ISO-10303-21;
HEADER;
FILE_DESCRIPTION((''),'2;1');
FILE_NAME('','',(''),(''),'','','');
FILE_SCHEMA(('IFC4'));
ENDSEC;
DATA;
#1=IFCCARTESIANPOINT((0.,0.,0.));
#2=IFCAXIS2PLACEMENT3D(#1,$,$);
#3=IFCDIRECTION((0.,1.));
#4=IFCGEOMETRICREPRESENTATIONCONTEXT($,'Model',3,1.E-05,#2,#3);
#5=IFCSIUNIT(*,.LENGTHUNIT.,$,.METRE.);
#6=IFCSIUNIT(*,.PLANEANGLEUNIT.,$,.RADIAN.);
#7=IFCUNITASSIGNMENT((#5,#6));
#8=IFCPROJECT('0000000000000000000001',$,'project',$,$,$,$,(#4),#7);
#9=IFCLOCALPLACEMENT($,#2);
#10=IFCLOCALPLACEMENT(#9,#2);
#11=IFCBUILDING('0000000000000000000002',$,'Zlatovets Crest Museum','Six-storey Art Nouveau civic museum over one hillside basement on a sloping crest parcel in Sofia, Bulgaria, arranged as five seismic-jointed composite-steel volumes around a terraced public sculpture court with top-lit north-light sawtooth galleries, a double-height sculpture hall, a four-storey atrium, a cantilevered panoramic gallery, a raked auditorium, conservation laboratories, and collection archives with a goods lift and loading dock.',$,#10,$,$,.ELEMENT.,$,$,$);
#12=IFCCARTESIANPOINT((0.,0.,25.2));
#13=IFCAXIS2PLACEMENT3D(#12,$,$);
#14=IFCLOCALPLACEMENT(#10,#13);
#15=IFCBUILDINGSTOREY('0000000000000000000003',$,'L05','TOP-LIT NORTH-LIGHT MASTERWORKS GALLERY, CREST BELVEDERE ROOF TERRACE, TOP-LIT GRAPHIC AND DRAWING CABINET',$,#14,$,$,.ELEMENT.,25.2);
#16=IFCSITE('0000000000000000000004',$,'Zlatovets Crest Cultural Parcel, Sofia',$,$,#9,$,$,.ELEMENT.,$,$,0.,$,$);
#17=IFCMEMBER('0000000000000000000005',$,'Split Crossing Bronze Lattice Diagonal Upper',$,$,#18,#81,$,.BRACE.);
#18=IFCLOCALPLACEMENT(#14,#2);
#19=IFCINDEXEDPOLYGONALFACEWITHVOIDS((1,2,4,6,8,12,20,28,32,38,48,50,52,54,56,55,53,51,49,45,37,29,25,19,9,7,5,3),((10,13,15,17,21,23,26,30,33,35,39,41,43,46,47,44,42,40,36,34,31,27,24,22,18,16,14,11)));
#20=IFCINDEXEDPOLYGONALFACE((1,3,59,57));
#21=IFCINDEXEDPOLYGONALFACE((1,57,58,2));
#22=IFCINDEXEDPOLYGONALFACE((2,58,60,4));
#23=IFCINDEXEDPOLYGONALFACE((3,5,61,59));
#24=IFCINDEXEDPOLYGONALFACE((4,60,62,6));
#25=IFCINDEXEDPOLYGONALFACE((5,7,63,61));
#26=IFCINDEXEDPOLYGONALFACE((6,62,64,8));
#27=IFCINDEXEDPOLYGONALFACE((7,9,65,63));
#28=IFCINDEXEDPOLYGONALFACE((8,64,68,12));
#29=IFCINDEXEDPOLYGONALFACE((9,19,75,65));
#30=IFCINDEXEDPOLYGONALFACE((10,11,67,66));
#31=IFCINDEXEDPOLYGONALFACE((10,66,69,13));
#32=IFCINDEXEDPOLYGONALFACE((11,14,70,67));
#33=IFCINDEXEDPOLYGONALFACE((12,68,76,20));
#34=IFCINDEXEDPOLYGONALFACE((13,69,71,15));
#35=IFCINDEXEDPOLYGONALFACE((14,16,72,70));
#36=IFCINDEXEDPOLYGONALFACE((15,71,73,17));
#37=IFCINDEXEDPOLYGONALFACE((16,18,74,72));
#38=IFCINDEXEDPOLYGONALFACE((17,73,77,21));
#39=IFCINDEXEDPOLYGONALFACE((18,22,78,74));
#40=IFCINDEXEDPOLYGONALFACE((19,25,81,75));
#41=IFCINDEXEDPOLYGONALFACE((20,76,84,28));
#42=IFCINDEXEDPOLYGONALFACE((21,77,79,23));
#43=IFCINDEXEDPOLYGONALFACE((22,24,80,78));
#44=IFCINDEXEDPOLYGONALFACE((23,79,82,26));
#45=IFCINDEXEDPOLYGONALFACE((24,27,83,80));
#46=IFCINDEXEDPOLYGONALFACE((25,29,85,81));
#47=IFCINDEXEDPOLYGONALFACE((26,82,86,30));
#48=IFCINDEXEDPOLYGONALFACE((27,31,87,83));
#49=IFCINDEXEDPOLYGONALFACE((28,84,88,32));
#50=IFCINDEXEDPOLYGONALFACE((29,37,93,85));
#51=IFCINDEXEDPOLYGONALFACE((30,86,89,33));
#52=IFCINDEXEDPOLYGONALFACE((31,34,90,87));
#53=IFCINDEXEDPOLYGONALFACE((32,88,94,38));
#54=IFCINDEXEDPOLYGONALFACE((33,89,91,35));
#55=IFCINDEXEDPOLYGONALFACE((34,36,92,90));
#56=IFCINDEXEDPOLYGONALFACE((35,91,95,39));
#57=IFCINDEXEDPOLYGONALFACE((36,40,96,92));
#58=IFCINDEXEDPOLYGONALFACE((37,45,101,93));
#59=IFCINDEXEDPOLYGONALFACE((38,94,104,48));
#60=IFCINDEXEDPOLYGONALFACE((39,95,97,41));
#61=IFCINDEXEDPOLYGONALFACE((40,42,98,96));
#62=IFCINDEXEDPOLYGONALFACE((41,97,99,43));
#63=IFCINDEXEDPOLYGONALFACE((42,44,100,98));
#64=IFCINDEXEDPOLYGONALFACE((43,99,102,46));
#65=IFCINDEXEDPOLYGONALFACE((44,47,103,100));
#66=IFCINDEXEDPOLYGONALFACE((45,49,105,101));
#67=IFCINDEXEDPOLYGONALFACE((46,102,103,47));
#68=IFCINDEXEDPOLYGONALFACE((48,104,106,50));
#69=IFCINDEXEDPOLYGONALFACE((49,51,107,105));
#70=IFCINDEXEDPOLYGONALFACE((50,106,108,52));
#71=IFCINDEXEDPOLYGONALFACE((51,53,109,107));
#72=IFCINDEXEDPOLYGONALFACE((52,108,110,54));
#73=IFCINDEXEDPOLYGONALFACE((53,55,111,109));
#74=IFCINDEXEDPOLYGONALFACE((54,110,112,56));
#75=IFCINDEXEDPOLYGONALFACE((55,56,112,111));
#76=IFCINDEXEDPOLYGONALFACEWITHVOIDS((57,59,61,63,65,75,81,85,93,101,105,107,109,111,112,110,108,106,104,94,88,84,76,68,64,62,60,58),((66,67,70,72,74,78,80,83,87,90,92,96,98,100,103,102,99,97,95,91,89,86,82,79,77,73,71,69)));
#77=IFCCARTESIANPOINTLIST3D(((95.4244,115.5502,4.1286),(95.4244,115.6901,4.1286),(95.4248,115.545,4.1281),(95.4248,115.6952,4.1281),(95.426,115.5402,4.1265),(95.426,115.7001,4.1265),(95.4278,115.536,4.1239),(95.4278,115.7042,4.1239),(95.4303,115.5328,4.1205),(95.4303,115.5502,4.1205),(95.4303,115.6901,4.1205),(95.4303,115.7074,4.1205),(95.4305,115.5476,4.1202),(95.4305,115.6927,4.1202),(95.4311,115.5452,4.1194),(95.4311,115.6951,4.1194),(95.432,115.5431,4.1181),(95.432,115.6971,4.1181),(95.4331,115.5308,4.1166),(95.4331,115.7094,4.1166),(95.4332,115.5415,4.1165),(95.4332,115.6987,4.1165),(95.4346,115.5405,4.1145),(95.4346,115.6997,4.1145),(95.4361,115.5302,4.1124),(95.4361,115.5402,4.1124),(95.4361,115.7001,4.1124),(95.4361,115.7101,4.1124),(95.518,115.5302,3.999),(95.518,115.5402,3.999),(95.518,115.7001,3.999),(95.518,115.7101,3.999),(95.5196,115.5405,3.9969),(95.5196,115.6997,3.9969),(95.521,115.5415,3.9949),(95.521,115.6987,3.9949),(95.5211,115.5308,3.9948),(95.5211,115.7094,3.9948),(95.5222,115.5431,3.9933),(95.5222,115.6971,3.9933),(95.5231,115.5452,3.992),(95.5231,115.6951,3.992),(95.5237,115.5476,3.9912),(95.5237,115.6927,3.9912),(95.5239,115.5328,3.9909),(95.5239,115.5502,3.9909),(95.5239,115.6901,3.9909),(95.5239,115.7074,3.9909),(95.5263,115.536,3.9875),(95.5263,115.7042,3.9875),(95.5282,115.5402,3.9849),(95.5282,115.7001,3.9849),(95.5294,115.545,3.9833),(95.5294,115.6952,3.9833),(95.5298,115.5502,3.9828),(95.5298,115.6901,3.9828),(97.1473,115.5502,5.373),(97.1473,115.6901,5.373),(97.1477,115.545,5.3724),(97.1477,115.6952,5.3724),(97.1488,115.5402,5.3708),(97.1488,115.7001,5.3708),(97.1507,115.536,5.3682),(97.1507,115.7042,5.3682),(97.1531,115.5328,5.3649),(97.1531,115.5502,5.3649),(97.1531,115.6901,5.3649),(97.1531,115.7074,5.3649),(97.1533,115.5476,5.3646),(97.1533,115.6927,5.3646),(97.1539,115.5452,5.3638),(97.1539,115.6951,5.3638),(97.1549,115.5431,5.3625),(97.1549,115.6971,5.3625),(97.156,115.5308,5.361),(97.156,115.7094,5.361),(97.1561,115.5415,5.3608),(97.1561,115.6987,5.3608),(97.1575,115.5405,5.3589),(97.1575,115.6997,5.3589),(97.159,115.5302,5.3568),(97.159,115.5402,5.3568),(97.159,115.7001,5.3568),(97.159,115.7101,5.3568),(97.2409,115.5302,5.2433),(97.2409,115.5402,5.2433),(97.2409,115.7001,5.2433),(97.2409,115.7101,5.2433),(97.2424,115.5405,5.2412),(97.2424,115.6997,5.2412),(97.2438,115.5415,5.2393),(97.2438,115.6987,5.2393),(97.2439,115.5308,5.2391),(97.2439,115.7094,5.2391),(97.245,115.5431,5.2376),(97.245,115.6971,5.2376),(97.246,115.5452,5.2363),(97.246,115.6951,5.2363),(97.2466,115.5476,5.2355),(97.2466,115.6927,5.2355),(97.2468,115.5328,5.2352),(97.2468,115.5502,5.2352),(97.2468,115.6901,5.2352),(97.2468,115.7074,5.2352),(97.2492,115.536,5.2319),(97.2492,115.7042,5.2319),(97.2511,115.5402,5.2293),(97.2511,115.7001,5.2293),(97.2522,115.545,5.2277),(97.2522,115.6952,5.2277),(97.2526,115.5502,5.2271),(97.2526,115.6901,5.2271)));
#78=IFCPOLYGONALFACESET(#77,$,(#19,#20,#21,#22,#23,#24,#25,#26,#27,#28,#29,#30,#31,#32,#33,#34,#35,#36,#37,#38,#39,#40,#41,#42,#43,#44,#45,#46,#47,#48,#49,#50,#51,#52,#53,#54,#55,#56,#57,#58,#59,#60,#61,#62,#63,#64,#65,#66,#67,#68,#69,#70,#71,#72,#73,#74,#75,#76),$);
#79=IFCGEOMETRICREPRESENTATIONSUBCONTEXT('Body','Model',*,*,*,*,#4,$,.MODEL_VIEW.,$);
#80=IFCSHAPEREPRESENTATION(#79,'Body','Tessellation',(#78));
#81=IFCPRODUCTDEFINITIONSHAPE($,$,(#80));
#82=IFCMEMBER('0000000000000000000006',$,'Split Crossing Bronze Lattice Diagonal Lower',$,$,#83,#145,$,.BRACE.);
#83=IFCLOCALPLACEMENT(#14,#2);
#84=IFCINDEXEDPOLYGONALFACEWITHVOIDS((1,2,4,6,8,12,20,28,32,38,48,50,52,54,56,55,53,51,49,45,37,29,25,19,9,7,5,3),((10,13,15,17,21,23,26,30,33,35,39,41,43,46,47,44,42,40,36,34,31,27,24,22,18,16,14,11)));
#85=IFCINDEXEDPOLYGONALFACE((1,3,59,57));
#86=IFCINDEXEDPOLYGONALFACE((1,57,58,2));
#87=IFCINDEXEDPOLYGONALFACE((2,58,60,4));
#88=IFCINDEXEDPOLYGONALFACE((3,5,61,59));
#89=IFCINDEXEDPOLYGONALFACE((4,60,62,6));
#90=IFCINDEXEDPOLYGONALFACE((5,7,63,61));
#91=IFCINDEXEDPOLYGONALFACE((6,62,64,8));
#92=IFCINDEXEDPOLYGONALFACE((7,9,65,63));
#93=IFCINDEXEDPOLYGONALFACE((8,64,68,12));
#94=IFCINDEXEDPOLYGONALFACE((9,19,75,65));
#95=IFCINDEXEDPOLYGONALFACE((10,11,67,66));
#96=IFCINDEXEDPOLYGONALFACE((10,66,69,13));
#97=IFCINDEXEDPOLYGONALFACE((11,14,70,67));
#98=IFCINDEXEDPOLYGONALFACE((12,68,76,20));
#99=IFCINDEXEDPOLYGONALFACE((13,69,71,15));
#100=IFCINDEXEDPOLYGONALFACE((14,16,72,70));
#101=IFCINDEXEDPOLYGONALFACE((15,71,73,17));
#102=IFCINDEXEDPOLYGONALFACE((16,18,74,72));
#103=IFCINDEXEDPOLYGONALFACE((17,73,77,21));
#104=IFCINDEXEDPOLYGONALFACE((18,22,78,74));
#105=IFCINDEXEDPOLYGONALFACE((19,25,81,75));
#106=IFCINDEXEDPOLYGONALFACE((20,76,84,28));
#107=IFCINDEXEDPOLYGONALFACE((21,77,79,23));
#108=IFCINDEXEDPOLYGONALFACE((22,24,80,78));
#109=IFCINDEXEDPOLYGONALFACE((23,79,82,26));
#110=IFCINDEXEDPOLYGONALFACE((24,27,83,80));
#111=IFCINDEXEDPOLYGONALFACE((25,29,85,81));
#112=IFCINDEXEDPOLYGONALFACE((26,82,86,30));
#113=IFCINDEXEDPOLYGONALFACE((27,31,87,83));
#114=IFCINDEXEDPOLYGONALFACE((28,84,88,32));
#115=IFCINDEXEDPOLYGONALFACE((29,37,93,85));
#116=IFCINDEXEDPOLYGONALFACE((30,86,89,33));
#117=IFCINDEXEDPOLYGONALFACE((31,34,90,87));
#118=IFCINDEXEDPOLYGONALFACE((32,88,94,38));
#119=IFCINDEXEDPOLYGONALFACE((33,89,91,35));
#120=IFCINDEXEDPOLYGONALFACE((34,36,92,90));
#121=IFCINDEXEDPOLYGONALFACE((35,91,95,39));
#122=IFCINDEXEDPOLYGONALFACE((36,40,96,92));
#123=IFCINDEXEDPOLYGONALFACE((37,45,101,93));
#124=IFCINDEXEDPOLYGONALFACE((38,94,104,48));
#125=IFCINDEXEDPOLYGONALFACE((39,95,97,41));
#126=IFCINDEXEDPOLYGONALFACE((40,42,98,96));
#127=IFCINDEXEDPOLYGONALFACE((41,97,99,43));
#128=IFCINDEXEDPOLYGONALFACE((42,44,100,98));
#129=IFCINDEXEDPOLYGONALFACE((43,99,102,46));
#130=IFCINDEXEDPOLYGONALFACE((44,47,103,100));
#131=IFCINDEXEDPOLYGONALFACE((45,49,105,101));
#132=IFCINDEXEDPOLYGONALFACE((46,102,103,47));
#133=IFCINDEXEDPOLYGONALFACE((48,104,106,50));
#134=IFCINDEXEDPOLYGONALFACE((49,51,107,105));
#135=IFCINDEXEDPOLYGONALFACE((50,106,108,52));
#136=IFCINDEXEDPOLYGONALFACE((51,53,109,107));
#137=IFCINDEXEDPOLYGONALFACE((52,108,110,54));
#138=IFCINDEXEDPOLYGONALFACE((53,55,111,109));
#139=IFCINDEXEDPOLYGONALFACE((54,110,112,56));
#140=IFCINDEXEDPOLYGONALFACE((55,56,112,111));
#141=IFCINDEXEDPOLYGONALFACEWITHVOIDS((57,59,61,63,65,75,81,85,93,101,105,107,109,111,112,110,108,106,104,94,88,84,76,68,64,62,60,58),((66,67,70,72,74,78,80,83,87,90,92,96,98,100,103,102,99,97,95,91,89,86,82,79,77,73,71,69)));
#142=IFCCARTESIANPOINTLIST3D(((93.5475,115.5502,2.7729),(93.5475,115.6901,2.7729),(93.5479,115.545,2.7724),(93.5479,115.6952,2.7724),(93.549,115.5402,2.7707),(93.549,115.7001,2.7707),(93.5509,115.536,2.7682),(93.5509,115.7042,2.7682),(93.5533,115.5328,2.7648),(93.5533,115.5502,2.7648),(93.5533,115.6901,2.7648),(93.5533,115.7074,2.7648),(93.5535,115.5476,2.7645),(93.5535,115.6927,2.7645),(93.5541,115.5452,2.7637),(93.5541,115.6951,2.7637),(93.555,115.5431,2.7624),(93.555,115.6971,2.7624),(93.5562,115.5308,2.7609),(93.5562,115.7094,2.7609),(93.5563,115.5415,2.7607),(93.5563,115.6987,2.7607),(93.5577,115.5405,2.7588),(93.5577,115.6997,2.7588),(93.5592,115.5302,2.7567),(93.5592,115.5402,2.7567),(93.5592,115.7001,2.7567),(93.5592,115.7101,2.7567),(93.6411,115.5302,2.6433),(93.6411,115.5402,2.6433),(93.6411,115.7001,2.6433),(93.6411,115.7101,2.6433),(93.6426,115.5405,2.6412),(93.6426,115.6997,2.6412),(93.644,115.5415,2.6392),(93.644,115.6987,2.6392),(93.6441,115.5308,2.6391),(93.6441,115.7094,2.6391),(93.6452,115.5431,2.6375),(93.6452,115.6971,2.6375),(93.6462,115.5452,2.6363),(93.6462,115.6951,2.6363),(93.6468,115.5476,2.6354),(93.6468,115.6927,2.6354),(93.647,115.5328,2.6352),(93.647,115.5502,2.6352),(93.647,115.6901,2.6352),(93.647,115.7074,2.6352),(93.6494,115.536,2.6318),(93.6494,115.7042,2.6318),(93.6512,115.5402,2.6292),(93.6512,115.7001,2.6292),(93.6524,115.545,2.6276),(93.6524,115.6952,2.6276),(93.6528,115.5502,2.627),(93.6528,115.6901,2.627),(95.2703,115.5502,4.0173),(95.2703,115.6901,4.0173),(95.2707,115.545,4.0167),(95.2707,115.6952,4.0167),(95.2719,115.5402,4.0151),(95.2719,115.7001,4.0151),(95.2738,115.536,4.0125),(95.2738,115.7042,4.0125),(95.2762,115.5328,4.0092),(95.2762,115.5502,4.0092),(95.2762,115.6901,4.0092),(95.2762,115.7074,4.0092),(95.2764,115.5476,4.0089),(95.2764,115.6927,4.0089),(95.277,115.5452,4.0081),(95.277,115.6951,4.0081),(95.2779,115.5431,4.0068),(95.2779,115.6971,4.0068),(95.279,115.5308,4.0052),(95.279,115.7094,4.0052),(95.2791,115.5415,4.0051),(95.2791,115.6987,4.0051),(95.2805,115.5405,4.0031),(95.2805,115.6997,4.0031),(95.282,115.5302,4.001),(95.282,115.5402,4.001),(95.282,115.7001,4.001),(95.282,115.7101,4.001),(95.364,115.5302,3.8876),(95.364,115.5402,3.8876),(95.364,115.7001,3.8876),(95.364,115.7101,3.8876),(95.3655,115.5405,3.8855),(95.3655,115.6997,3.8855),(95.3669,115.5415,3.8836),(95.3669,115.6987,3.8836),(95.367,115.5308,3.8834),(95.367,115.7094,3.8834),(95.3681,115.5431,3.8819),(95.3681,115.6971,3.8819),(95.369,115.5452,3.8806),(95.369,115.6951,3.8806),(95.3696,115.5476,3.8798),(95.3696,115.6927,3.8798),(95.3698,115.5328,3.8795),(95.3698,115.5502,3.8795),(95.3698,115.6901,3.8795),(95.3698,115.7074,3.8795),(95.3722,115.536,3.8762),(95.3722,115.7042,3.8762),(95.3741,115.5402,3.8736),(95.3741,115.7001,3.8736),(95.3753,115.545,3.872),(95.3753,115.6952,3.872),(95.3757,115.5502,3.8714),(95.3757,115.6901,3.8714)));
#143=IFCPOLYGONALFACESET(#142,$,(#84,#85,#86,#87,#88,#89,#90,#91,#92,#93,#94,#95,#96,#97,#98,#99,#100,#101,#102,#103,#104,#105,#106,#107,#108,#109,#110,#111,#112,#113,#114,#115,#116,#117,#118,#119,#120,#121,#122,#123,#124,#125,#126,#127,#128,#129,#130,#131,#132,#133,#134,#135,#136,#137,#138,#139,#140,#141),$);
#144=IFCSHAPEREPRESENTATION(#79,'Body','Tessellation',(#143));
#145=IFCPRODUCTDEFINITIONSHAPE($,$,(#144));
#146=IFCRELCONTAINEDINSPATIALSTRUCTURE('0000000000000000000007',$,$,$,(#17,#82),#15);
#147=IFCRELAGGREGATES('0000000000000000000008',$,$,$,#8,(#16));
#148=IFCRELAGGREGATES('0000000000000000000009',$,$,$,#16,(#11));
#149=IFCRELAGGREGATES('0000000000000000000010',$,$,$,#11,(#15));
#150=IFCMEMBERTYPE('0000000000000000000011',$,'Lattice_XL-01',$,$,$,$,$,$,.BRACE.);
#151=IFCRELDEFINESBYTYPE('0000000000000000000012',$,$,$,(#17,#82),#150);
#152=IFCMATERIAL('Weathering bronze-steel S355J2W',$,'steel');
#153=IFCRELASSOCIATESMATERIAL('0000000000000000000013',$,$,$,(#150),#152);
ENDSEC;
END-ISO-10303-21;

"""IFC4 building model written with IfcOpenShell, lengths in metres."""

from ifc_helpers import new_model, si_unit, direction, frame, origin, origin_2d, place, context, subcontext, project, spatial, hollow_rectangle, extrude, material, material_profile, profile_set, type_object, element, save


model = new_model("IFC4")

# Units and contexts
model_context = context("Model", 3, precision=1e-05, world=origin(), true_north=direction((0.0, 1.0)))
body_context = subcontext(model_context, "Body", "Model", "MODEL_VIEW")
ifc_project = project(units=[si_unit("LENGTHUNIT", "METRE"), si_unit("PLANEANGLEUNIT", "RADIAN")], contexts=[model_context])

# Site, building, storey
site_placement = place(None, origin())
site = spatial("IfcSite", under=ifc_project, at=site_placement, Name="Zlatovets Crest Cultural Parcel, Sofia", CompositionType="ELEMENT", RefElevation=0.0)
building_placement = place(site_placement, origin())
building = spatial("IfcBuilding", under=site, at=building_placement, Name="Zlatovets Crest Museum", Description="Six-storey Art Nouveau civic museum over one hillside basement on a sloping crest parcel in Sofia, Bulgaria, arranged as five seismic-jointed composite-steel volumes around a terraced public sculpture court with top-lit north-light sawtooth galleries, a double-height sculpture hall, a four-storey atrium, a cantilevered panoramic gallery, a raked auditorium, conservation laboratories, and collection archives with a goods lift and loading dock.", CompositionType="ELEMENT")
storey_placement = place(building_placement, frame((0.0, 0.0, 25.2)))
storey = spatial("IfcBuildingStorey", under=building, at=storey_placement, Name="L05", Description="TOP-LIT NORTH-LIGHT MASTERWORKS GALLERY, CREST BELVEDERE ROOF TERRACE, TOP-LIT GRAPHIC AND DRAWING CABINET", CompositionType="ELEMENT", Elevation=25.2)

# Members
ifc_material_1 = material(Name="Weathering bronze-steel S355J2W", Category="steel")
ifc_material_profile_1 = material_profile(ifc_material_1, hollow_rectangle(XDim=0.1799, YDim=0.1799, WallThickness=0.01, InnerFilletRadius=0.01, OuterFilletRadius=0.02, at=origin_2d()), Name="SHS 180x180x10.0")
ifc_profile_set_1 = profile_set([ifc_material_profile_1], Name="Weathering bronze-steel S355J2W")
member_type_1 = type_object("IfcMemberType", Name="Lattice_XL-01", PredefinedType="BRACE", material=ifc_profile_set_1)
for number, where, z_axis, x_axis, name in (
    (1, (97.2, 115.6201, 5.3), (-0.810664, 0.0, -0.585512), (0.0, -1.0, 0.0), "Split Crossing Bronze Lattice Diagonal Upper"),
    (2, (95.323, 115.6201, 3.9443), (-0.810664, 0.0, -0.585512), (0.0, -1.0, 0.0), "Split Crossing Bronze Lattice Diagonal Lower"),
):
    element("IfcMember", number, at=place(storey_placement, frame(where, z_axis=z_axis, x_axis=x_axis)), inside=storey, type_object=member_type_1, Name=name, PredefinedType="BRACE", context=body_context, shape_type="SweptSolid", body=[
        extrude(hollow_rectangle(XDim=0.1799, YDim=0.1799, WallThickness=0.01, InnerFilletRadius=0.01, OuterFilletRadius=0.02, at=origin_2d()), origin(), (0.0, 0.0, 1.0), 2.1252),
    ])

save(model, "model.ifc")
